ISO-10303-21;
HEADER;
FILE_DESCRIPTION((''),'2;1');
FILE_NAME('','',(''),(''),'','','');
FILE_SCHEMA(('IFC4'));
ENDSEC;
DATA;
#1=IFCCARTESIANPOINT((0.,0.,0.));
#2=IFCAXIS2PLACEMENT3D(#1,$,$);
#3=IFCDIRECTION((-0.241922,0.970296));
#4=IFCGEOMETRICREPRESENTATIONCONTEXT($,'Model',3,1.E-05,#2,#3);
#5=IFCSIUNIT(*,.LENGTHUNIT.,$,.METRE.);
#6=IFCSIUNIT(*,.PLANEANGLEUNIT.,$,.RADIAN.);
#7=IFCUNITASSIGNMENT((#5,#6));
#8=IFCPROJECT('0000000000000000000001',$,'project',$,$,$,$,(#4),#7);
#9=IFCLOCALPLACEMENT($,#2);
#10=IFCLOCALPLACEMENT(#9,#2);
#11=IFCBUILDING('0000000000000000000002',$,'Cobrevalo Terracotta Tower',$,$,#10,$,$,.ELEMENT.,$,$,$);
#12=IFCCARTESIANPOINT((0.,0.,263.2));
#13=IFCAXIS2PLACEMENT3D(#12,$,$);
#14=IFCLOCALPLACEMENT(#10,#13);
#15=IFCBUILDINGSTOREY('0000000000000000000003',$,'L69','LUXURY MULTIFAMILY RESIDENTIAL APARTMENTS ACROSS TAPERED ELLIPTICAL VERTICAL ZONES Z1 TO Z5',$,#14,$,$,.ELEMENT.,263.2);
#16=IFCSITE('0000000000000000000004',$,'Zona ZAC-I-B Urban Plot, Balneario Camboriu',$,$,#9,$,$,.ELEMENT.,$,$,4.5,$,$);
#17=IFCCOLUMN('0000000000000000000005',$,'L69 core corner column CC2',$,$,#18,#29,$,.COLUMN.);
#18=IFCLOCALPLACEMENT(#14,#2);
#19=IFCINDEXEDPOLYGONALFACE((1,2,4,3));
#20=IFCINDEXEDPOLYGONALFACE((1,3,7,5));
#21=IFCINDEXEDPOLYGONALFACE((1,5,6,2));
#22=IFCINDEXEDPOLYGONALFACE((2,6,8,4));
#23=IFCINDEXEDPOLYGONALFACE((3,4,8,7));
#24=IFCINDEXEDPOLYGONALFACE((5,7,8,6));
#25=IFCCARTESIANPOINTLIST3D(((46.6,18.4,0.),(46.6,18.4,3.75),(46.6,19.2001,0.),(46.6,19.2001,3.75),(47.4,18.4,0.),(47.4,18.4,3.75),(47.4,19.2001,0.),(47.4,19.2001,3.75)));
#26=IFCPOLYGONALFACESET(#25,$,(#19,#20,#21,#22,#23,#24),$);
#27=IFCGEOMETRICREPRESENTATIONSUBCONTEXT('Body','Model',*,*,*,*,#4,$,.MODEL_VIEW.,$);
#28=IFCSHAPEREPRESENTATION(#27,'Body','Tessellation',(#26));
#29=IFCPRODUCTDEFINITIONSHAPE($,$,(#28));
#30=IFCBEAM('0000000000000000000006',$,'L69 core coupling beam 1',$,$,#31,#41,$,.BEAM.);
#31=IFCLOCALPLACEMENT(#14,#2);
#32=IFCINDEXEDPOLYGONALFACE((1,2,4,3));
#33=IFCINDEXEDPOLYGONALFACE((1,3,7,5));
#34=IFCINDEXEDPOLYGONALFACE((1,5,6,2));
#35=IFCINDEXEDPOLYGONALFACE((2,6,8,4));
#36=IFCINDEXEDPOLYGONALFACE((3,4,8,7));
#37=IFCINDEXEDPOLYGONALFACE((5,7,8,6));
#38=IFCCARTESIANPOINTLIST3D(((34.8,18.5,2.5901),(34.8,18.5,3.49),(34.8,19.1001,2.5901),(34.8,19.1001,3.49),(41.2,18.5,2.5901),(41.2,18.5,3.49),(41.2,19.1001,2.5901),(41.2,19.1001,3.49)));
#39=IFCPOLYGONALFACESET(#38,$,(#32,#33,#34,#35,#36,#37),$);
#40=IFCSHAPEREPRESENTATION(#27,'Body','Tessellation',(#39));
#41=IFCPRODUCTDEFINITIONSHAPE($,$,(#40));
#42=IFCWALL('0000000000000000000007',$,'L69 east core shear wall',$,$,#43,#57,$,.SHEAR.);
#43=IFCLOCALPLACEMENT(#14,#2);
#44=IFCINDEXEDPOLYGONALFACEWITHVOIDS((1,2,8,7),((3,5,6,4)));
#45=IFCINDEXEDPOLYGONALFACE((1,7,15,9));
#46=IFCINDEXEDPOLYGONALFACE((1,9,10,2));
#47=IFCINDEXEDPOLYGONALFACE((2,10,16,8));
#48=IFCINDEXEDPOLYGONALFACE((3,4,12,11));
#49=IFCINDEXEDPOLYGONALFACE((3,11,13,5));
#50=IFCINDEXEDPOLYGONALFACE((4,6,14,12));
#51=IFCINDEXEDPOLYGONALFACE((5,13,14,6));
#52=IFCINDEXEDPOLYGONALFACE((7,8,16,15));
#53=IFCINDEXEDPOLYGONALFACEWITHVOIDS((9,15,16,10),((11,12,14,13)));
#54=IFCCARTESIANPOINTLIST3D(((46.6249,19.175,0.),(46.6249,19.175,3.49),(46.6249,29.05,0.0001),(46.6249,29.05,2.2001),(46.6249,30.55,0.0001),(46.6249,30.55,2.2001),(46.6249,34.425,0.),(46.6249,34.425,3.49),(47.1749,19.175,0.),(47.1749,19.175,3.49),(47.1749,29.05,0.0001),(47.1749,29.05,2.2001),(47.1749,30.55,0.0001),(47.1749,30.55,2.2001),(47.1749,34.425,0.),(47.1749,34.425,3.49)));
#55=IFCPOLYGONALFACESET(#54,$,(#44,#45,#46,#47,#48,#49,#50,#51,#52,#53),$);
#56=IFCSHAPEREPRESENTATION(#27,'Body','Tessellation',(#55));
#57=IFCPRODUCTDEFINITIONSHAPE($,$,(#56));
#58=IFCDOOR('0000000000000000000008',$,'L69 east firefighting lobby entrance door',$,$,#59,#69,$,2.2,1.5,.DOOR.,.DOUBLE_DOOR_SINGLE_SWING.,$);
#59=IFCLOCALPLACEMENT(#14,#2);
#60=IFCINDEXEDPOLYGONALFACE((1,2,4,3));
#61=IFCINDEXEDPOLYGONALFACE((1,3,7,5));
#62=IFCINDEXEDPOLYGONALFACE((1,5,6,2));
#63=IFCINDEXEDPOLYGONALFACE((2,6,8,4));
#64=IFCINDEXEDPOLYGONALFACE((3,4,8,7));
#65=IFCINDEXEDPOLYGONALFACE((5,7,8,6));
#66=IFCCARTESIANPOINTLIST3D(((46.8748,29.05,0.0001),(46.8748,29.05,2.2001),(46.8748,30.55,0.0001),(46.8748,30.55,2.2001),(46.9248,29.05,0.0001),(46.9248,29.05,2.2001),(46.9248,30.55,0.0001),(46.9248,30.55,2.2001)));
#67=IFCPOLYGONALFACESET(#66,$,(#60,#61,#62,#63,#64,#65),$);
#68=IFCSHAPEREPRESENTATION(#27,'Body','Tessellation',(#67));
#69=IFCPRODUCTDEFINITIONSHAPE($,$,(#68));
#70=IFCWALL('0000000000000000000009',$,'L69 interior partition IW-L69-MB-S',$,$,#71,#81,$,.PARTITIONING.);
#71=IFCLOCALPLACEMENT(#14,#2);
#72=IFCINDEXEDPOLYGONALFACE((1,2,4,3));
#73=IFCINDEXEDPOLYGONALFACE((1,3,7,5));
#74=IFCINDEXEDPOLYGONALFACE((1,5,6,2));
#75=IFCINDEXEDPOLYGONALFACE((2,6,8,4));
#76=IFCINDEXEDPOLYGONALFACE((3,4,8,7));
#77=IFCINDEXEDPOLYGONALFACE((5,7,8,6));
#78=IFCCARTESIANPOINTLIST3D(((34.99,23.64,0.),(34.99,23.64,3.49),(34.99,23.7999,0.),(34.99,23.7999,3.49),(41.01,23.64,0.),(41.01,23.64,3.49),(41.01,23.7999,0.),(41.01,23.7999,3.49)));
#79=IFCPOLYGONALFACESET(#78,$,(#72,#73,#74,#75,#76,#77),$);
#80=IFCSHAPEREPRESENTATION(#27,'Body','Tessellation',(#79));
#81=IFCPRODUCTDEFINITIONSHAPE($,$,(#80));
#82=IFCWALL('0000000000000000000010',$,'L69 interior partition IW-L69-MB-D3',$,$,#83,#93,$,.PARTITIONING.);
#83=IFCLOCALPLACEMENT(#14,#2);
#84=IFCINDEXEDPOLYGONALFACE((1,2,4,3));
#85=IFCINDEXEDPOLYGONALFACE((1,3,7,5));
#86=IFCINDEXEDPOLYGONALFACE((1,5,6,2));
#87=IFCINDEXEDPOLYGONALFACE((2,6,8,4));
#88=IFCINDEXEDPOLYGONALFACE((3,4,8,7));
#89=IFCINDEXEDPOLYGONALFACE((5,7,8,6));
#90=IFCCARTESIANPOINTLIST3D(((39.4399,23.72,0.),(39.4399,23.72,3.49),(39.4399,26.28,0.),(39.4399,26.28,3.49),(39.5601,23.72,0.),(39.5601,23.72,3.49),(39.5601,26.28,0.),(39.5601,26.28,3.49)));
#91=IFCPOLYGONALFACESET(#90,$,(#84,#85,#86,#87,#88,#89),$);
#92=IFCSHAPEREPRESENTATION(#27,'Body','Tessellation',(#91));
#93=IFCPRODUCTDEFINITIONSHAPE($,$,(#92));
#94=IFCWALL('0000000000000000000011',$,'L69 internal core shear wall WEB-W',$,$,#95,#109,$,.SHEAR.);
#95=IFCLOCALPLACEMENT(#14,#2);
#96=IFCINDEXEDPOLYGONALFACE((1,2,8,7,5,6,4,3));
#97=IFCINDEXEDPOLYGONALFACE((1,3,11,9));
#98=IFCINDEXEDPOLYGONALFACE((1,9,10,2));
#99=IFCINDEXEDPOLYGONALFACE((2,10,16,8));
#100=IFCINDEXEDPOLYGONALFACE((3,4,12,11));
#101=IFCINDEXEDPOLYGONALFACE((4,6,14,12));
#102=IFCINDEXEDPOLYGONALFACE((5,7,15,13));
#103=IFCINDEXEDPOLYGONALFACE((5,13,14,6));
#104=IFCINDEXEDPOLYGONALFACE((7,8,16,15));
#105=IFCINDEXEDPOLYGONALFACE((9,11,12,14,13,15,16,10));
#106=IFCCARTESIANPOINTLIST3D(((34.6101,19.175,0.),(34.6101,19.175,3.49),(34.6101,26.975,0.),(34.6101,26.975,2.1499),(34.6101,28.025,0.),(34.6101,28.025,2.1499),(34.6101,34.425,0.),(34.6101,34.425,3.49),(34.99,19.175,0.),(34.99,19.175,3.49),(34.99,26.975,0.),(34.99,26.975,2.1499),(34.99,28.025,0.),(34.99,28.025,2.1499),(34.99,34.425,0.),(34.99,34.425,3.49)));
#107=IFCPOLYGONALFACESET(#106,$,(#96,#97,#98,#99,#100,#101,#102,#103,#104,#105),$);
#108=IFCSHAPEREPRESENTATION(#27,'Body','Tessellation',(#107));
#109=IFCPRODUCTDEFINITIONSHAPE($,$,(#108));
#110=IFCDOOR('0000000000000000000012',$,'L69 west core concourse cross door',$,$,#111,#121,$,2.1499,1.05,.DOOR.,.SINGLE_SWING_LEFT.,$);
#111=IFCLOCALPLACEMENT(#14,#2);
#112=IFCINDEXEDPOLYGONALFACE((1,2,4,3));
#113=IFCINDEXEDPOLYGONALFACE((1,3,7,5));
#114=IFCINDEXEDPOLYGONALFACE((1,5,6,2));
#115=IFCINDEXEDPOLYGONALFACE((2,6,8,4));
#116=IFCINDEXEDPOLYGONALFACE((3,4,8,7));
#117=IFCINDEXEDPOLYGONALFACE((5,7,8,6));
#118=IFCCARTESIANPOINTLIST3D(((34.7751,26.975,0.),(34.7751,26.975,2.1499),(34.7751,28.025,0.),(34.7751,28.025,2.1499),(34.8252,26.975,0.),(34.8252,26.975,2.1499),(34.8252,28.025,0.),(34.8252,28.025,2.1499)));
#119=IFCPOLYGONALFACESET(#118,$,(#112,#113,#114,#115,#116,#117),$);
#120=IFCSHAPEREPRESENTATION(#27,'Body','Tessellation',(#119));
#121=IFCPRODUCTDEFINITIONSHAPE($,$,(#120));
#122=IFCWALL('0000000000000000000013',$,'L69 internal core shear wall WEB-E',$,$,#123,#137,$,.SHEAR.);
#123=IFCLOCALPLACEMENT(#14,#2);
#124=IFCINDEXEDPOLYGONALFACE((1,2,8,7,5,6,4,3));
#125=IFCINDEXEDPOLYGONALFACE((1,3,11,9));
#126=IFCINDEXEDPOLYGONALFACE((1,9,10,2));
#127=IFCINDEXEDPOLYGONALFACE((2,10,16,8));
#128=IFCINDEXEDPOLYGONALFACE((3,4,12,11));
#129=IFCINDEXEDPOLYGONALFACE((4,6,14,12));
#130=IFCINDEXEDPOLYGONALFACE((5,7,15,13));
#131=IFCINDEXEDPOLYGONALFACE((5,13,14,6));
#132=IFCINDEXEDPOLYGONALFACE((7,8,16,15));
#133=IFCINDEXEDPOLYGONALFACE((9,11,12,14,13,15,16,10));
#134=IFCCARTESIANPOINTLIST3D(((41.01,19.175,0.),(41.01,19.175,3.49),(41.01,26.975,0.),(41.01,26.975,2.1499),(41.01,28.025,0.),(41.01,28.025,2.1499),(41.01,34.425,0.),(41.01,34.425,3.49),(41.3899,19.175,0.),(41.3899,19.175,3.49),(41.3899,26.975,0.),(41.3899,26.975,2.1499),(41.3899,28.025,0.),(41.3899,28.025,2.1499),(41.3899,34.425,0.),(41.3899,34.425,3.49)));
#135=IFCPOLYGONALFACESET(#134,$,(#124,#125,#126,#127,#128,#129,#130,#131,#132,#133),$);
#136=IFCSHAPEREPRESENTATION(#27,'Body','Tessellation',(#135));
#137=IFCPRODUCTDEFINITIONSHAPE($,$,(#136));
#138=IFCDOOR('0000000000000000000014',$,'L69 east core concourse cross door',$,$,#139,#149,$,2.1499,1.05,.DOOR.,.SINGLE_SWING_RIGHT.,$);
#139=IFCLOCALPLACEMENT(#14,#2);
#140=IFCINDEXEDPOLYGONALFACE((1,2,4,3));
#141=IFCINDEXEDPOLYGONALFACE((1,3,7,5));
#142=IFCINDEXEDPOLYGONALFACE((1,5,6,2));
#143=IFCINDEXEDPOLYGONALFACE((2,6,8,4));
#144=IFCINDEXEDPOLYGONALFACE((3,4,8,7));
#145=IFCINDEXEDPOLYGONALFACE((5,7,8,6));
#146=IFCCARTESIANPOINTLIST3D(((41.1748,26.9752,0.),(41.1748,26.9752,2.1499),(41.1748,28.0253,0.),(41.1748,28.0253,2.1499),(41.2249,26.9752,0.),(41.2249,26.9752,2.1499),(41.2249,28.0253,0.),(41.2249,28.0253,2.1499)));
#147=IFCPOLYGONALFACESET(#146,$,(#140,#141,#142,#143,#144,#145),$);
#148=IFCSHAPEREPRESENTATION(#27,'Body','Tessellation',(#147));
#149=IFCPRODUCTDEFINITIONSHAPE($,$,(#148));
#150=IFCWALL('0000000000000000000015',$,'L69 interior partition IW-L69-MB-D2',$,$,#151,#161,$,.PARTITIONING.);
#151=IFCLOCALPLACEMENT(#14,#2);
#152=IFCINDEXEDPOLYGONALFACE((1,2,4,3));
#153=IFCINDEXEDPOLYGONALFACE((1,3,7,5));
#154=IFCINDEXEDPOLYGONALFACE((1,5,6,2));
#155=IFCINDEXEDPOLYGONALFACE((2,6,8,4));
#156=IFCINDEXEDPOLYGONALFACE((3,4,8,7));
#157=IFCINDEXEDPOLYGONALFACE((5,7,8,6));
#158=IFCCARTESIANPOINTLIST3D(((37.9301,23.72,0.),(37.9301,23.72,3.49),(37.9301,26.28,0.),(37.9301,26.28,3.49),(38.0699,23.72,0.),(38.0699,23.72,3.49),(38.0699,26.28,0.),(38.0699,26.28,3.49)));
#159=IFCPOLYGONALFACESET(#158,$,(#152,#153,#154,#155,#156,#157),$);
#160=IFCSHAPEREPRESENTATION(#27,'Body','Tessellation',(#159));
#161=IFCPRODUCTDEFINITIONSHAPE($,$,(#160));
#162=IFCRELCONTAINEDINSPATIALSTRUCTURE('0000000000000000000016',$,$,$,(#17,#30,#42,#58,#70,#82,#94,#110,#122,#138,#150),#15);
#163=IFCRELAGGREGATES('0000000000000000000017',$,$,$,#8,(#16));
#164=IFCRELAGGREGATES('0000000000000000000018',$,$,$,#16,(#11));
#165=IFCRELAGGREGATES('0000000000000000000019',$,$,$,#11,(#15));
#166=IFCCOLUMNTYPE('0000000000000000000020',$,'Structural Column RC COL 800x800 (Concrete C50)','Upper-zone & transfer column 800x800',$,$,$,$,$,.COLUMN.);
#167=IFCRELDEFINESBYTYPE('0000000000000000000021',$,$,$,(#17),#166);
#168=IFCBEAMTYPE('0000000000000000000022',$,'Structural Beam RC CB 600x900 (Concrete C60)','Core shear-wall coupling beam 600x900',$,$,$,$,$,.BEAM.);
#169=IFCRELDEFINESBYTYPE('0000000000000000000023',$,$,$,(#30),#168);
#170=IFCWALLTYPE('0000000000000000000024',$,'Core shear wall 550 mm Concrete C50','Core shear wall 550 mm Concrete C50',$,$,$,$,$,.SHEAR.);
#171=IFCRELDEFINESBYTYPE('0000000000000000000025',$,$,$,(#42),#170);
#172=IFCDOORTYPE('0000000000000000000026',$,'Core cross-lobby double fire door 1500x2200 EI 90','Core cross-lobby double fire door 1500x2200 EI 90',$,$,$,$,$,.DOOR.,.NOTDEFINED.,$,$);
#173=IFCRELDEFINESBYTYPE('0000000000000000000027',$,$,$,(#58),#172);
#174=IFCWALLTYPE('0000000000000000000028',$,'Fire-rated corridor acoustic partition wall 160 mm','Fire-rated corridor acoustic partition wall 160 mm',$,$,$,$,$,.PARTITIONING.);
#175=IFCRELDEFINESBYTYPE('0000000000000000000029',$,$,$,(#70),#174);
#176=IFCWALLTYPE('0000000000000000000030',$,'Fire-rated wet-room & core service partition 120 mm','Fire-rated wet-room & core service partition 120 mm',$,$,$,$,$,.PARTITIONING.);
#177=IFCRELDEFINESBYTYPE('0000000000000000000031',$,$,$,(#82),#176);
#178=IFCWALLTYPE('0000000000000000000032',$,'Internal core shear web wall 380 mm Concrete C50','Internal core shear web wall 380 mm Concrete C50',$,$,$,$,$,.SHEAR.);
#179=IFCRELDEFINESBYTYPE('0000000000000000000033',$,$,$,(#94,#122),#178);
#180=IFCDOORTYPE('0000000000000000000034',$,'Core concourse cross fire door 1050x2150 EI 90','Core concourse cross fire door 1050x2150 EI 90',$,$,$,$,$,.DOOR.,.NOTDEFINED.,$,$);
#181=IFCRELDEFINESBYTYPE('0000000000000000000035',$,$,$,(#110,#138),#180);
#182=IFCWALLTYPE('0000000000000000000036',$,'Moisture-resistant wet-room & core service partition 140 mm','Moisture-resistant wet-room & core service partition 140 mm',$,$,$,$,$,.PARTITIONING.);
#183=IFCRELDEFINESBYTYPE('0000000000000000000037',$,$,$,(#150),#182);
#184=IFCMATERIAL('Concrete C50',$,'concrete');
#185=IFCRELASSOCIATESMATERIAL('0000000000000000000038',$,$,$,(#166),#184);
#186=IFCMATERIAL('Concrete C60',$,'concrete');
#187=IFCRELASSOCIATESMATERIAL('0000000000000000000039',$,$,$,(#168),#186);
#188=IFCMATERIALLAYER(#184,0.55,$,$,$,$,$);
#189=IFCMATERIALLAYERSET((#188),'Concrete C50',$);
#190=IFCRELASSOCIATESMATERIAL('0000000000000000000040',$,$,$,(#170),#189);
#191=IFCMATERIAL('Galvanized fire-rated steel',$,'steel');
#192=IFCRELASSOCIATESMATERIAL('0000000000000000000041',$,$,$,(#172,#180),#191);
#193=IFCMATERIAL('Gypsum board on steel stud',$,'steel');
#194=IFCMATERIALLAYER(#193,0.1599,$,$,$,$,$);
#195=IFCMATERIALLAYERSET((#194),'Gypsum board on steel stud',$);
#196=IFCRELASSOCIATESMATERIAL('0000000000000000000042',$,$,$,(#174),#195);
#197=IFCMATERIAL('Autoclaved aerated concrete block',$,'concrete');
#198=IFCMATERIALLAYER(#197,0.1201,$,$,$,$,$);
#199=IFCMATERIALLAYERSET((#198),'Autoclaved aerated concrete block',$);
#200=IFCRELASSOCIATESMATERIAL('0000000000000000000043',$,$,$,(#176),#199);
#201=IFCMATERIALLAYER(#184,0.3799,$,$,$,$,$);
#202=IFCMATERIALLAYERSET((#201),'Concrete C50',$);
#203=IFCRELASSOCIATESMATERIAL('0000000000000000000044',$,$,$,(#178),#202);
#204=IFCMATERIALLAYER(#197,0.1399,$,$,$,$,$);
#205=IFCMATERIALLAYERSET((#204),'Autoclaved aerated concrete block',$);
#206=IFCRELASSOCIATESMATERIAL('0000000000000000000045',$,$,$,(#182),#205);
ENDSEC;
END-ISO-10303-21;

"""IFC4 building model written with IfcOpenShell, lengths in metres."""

from ifc_helpers import new_model, si_unit, direction, frame, frame_2d, origin, origin_2d, place, context, subcontext, project, spatial, rectangle, extrude, source, transform, mapped, material, layer, layer_set, material_profile, profile_set, type_object, element, fill, save


model = new_model("IFC4")

# Units and contexts
model_context = context("Model", 3, precision=1e-05, world=origin(), true_north=direction((-0.241922, 0.970296)))
body_context = subcontext(model_context, "Body", "Model", "MODEL_VIEW")
ifc_project = project(units=[si_unit("LENGTHUNIT", "METRE"), si_unit("PLANEANGLEUNIT", "RADIAN")], contexts=[model_context])

# Site, building, storey
site_placement = place(None, origin())
site = spatial("IfcSite", under=ifc_project, at=site_placement, Name="Zona ZAC-I-B Urban Plot, Balneario Camboriu", CompositionType="ELEMENT", RefElevation=4.5)
building_placement = place(site_placement, origin())
building = spatial("IfcBuilding", under=site, at=building_placement, Name="Cobrevalo Terracotta Tower", CompositionType="ELEMENT")
storey_placement = place(building_placement, frame((0.0, 0.0, 263.2)))
storey = spatial("IfcBuildingStorey", under=building, at=storey_placement, Name="L69", Description="LUXURY MULTIFAMILY RESIDENTIAL APARTMENTS ACROSS TAPERED ELLIPTICAL VERTICAL ZONES Z1 TO Z5", CompositionType="ELEMENT", Elevation=263.2)

# Column
ifc_material_1 = material(Name="Concrete C50", Category="concrete")
ifc_material_profile_1 = material_profile(ifc_material_1, rectangle(XDim=0.8, YDim=0.8, at=origin_2d()), Name="RC COL 800x800")
ifc_profile_set_1 = profile_set([ifc_material_profile_1], Name="Concrete C50")
column_type = type_object("IfcColumnType", Name="Structural Column RC COL 800x800 (Concrete C50)", Description="Upper-zone & transfer column 800x800", PredefinedType="COLUMN", material=ifc_profile_set_1)
column_placement = place(storey_placement, frame((47.0, 18.8, 0.0), z_axis=(0.0, 0.0, 1.0), x_axis=(1.0, 0.0, 0.0)))
element("IfcColumn", 1, at=column_placement, inside=storey, type_object=column_type, Name="L69 core corner column CC2", PredefinedType="COLUMN", context=body_context, shape_type="SweptSolid", body=[
    extrude(rectangle(XDim=0.8, YDim=0.8, at=origin_2d()), origin(), (0.0, 0.0, 1.0), 3.75),
])

# Beam
ifc_material_2 = material(Name="Concrete C60", Category="concrete")
ifc_material_profile_2 = material_profile(ifc_material_2, rectangle(XDim=0.6001, YDim=0.8999, at=origin_2d()), Name="RC CB 600x900")
ifc_profile_set_2 = profile_set([ifc_material_profile_2], Name="Concrete C60")
beam_type = type_object("IfcBeamType", Name="Structural Beam RC CB 600x900 (Concrete C60)", Description="Core shear-wall coupling beam 600x900", PredefinedType="BEAM", material=ifc_profile_set_2)
beam_placement = place(storey_placement, frame((34.8, 18.8, 3.04), z_axis=(1.0, 0.0, 0.0), x_axis=(0.0, 1.0, 0.0)))
element("IfcBeam", 2, at=beam_placement, inside=storey, type_object=beam_type, Name="L69 core coupling beam 1", PredefinedType="BEAM", context=body_context, shape_type="SweptSolid", body=[
    extrude(rectangle(XDim=0.6001, YDim=0.8999, at=origin_2d()), origin(), (0.0, 0.0, 1.0), 6.3999),
])

# Wall, opening, door
ifc_layer_1 = layer(ifc_material_1, 0.55)
ifc_layer_set_1 = layer_set([ifc_layer_1], Name="Concrete C50")
wall_type_1 = type_object("IfcWallType", Name="Core shear wall 550 mm Concrete C50", Description="Core shear wall 550 mm Concrete C50", PredefinedType="SHEAR", material=ifc_layer_set_1)
wall_1_placement = place(storey_placement, frame((46.8999, 19.175, 0.0), z_axis=(0.0, 0.0, 1.0), x_axis=(0.0, 1.0, 0.0)))
wall_1 = element("IfcWall", 3, at=wall_1_placement, inside=storey, type_object=wall_type_1, Name="L69 east core shear wall", PredefinedType="SHEAR", context=body_context, shape_type="SweptSolid", body=[
    extrude(rectangle(XDim=15.25, YDim=0.55, at=frame_2d((7.625, 0.0))), origin(), (0.0, 0.0, 1.0), 3.49),
])
opening_1_placement = place(wall_1_placement, frame((9.875, 0.0, 0.0)))
opening_1 = element("IfcOpeningElement", 4, at=opening_1_placement, cuts=wall_1, PredefinedType="OPENING", context=body_context, shape_type="SweptSolid", body=[
    extrude(rectangle(XDim=1.5, YDim=2.2, at=frame_2d((0.75, 1.1001))), frame((0.0, 0.2852, 0.0), z_axis=(0.0, -1.0, 0.0), x_axis=(1.0, 0.0, 0.0)), (0.0, 0.0, 1.0), 0.5701),
])
ifc_material_3 = material(Name="Galvanized fire-rated steel", Category="steel")
door_type_1 = type_object("IfcDoorType", Name="Core cross-lobby double fire door 1500x2200 EI 90", Description="Core cross-lobby double fire door 1500x2200 EI 90", OperationType="NOTDEFINED", PredefinedType="DOOR", material=ifc_material_3)
shared_shape_1 = source(origin(), body_context, "Body", "SweptSolid", [
    extrude(rectangle(XDim=1.5, YDim=2.2, at=frame_2d((0.75, 1.1001))), frame((0.0, 0.0249, 0.0), z_axis=(0.0, -1.0, 0.0), x_axis=(1.0, 0.0, 0.0)), (0.0, 0.0, 1.0), 0.05),
])
door_1_placement = place(opening_1_placement, frame((1.5, 0.0, 0.0), z_axis=(0.0, 0.0, 1.0), x_axis=(-1.0, 0.0, 0.0)))
door_1 = element("IfcDoor", 5, at=door_1_placement, inside=storey, type_object=door_type_1, Name="L69 east firefighting lobby entrance door", OperationType="DOUBLE_DOOR_SINGLE_SWING", OverallHeight=2.2, OverallWidth=1.5, PredefinedType="DOOR", context=body_context, shape_type="MappedRepresentation", body=[
    mapped(shared_shape_1, transform((0.0, 0.0, 0.0), scale=1.0)),
])
fill(opening_1, door_1)

# Walls
ifc_material_4 = material(Name="Gypsum board on steel stud", Category="steel")
ifc_layer_2 = layer(ifc_material_4, 0.1599)
ifc_layer_set_2 = layer_set([ifc_layer_2], Name="Gypsum board on steel stud")
wall_type_2 = type_object("IfcWallType", Name="Fire-rated corridor acoustic partition wall 160 mm", Description="Fire-rated corridor acoustic partition wall 160 mm", PredefinedType="PARTITIONING", material=ifc_layer_set_2)
wall_2_placement = place(storey_placement, frame((34.99, 23.72, 0.0), z_axis=(0.0, 0.0, 1.0), x_axis=(1.0, 0.0, 0.0)))
element("IfcWall", 6, at=wall_2_placement, inside=storey, type_object=wall_type_2, Name="L69 interior partition IW-L69-MB-S", PredefinedType="PARTITIONING", context=body_context, shape_type="SweptSolid", body=[
    extrude(rectangle(XDim=6.02, YDim=0.1599, at=frame_2d((3.01, 0.0))), origin(), (0.0, 0.0, 1.0), 3.49),
])
ifc_material_5 = material(Name="Autoclaved aerated concrete block", Category="concrete")
ifc_layer_3 = layer(ifc_material_5, 0.1201)
ifc_layer_set_3 = layer_set([ifc_layer_3], Name="Autoclaved aerated concrete block")
wall_type_3 = type_object("IfcWallType", Name="Fire-rated wet-room & core service partition 120 mm", Description="Fire-rated wet-room & core service partition 120 mm", PredefinedType="PARTITIONING", material=ifc_layer_set_3)
wall_3_placement = place(storey_placement, frame((39.5, 23.72, 0.0), z_axis=(0.0, 0.0, 1.0), x_axis=(0.0, 1.0, 0.0)))
element("IfcWall", 7, at=wall_3_placement, inside=storey, type_object=wall_type_3, Name="L69 interior partition IW-L69-MB-D3", PredefinedType="PARTITIONING", context=body_context, shape_type="SweptSolid", body=[
    extrude(rectangle(XDim=2.5601, YDim=0.1201, at=frame_2d((1.28, 0.0))), origin(), (0.0, 0.0, 1.0), 3.49),
])

# Walls, openings, doors
ifc_layer_4 = layer(ifc_material_1, 0.3799)
ifc_layer_set_4 = layer_set([ifc_layer_4], Name="Concrete C50")
wall_type_4 = type_object("IfcWallType", Name="Internal core shear web wall 380 mm Concrete C50", Description="Internal core shear web wall 380 mm Concrete C50", PredefinedType="SHEAR", material=ifc_layer_set_4)
wall_4_placement = place(storey_placement, frame((34.8, 19.175, 0.0), z_axis=(0.0, 0.0, 1.0), x_axis=(0.0, 1.0, 0.0)))
wall_4 = element("IfcWall", 8, at=wall_4_placement, inside=storey, type_object=wall_type_4, Name="L69 internal core shear wall WEB-W", PredefinedType="SHEAR", context=body_context, shape_type="SweptSolid", body=[
    extrude(rectangle(XDim=15.25, YDim=0.3799, at=frame_2d((7.625, 0.0))), origin(), (0.0, 0.0, 1.0), 3.49),
])
opening_2_placement = place(wall_4_placement, frame((7.8, 0.0, 0.0)))
opening_2 = element("IfcOpeningElement", 9, at=opening_2_placement, cuts=wall_4, PredefinedType="OPENING", context=body_context, shape_type="SweptSolid", body=[
    extrude(rectangle(XDim=1.05, YDim=2.1499, at=frame_2d((0.5249, 1.075))), frame((0.0, 0.2, 0.0), z_axis=(0.0, -1.0, 0.0), x_axis=(1.0, 0.0, 0.0)), (0.0, 0.0, 1.0), 0.3999),
])
door_type_2 = type_object("IfcDoorType", Name="Core concourse cross fire door 1050x2150 EI 90", Description="Core concourse cross fire door 1050x2150 EI 90", OperationType="NOTDEFINED", PredefinedType="DOOR", material=ifc_material_3)
shared_shape_2 = source(origin(), body_context, "Body", "SweptSolid", [
    extrude(rectangle(XDim=1.05, YDim=2.1499, at=frame_2d((0.5249, 1.075))), frame((0.0, 0.0249, 0.0), z_axis=(0.0, -1.0, 0.0), x_axis=(1.0, 0.0, 0.0)), (0.0, 0.0, 1.0), 0.05),
])
door_2_placement = place(opening_2_placement, origin())
door_2 = element("IfcDoor", 10, at=door_2_placement, inside=storey, type_object=door_type_2, Name="L69 west core concourse cross door", OperationType="SINGLE_SWING_LEFT", OverallHeight=2.1499, OverallWidth=1.05, PredefinedType="DOOR", context=body_context, shape_type="MappedRepresentation", body=[
    mapped(shared_shape_2, transform((0.0, 0.0, 0.0), scale=1.0)),
])
fill(opening_2, door_2)
wall_5_placement = place(storey_placement, frame((41.2, 19.175, 0.0), z_axis=(0.0, 0.0, 1.0), x_axis=(0.0, 1.0, 0.0)))
wall_5 = element("IfcWall", 11, at=wall_5_placement, inside=storey, type_object=wall_type_4, Name="L69 internal core shear wall WEB-E", PredefinedType="SHEAR", context=body_context, shape_type="SweptSolid", body=[
    extrude(rectangle(XDim=15.25, YDim=0.3799, at=frame_2d((7.625, 0.0))), origin(), (0.0, 0.0, 1.0), 3.49),
])
opening_3_placement = place(wall_5_placement, frame((7.8, 0.0, 0.0)))
opening_3 = element("IfcOpeningElement", 12, at=opening_3_placement, cuts=wall_5, PredefinedType="OPENING", context=body_context, shape_type="SweptSolid", body=[
    extrude(rectangle(XDim=1.05, YDim=2.1499, at=frame_2d((0.5249, 1.075))), frame((0.0, 0.2, 0.0), z_axis=(0.0, -1.0, 0.0), x_axis=(1.0, 0.0, 0.0)), (0.0, 0.0, 1.0), 0.3999),
])
door_3_placement = place(opening_3_placement, frame((1.05, 0.0, 0.0), z_axis=(0.0, 0.0, 1.0), x_axis=(-1.0, 0.0, 0.0)))
door_3 = element("IfcDoor", 13, at=door_3_placement, inside=storey, type_object=door_type_2, Name="L69 east core concourse cross door", OperationType="SINGLE_SWING_RIGHT", OverallHeight=2.1499, OverallWidth=1.05, PredefinedType="DOOR", context=body_context, shape_type="MappedRepresentation", body=[
    mapped(shared_shape_2, transform((0.0, 0.0, 0.0), scale=1.0)),
])
fill(opening_3, door_3)

# Wall
ifc_layer_5 = layer(ifc_material_5, 0.1399)
ifc_layer_set_5 = layer_set([ifc_layer_5], Name="Autoclaved aerated concrete block")
wall_type_5 = type_object("IfcWallType", Name="Moisture-resistant wet-room & core service partition 140 mm", Description="Moisture-resistant wet-room & core service partition 140 mm", PredefinedType="PARTITIONING", material=ifc_layer_set_5)
wall_6_placement = place(storey_placement, frame((38.0, 23.72, 0.0), z_axis=(0.0, 0.0, 1.0), x_axis=(0.0, 1.0, 0.0)))
element("IfcWall", 14, at=wall_6_placement, inside=storey, type_object=wall_type_5, Name="L69 interior partition IW-L69-MB-D2", PredefinedType="PARTITIONING", context=body_context, shape_type="SweptSolid", body=[
    extrude(rectangle(XDim=2.5601, YDim=0.1399, at=frame_2d((1.28, 0.0))), origin(), (0.0, 0.0, 1.0), 3.49),
])

save(model, "model.ifc")
